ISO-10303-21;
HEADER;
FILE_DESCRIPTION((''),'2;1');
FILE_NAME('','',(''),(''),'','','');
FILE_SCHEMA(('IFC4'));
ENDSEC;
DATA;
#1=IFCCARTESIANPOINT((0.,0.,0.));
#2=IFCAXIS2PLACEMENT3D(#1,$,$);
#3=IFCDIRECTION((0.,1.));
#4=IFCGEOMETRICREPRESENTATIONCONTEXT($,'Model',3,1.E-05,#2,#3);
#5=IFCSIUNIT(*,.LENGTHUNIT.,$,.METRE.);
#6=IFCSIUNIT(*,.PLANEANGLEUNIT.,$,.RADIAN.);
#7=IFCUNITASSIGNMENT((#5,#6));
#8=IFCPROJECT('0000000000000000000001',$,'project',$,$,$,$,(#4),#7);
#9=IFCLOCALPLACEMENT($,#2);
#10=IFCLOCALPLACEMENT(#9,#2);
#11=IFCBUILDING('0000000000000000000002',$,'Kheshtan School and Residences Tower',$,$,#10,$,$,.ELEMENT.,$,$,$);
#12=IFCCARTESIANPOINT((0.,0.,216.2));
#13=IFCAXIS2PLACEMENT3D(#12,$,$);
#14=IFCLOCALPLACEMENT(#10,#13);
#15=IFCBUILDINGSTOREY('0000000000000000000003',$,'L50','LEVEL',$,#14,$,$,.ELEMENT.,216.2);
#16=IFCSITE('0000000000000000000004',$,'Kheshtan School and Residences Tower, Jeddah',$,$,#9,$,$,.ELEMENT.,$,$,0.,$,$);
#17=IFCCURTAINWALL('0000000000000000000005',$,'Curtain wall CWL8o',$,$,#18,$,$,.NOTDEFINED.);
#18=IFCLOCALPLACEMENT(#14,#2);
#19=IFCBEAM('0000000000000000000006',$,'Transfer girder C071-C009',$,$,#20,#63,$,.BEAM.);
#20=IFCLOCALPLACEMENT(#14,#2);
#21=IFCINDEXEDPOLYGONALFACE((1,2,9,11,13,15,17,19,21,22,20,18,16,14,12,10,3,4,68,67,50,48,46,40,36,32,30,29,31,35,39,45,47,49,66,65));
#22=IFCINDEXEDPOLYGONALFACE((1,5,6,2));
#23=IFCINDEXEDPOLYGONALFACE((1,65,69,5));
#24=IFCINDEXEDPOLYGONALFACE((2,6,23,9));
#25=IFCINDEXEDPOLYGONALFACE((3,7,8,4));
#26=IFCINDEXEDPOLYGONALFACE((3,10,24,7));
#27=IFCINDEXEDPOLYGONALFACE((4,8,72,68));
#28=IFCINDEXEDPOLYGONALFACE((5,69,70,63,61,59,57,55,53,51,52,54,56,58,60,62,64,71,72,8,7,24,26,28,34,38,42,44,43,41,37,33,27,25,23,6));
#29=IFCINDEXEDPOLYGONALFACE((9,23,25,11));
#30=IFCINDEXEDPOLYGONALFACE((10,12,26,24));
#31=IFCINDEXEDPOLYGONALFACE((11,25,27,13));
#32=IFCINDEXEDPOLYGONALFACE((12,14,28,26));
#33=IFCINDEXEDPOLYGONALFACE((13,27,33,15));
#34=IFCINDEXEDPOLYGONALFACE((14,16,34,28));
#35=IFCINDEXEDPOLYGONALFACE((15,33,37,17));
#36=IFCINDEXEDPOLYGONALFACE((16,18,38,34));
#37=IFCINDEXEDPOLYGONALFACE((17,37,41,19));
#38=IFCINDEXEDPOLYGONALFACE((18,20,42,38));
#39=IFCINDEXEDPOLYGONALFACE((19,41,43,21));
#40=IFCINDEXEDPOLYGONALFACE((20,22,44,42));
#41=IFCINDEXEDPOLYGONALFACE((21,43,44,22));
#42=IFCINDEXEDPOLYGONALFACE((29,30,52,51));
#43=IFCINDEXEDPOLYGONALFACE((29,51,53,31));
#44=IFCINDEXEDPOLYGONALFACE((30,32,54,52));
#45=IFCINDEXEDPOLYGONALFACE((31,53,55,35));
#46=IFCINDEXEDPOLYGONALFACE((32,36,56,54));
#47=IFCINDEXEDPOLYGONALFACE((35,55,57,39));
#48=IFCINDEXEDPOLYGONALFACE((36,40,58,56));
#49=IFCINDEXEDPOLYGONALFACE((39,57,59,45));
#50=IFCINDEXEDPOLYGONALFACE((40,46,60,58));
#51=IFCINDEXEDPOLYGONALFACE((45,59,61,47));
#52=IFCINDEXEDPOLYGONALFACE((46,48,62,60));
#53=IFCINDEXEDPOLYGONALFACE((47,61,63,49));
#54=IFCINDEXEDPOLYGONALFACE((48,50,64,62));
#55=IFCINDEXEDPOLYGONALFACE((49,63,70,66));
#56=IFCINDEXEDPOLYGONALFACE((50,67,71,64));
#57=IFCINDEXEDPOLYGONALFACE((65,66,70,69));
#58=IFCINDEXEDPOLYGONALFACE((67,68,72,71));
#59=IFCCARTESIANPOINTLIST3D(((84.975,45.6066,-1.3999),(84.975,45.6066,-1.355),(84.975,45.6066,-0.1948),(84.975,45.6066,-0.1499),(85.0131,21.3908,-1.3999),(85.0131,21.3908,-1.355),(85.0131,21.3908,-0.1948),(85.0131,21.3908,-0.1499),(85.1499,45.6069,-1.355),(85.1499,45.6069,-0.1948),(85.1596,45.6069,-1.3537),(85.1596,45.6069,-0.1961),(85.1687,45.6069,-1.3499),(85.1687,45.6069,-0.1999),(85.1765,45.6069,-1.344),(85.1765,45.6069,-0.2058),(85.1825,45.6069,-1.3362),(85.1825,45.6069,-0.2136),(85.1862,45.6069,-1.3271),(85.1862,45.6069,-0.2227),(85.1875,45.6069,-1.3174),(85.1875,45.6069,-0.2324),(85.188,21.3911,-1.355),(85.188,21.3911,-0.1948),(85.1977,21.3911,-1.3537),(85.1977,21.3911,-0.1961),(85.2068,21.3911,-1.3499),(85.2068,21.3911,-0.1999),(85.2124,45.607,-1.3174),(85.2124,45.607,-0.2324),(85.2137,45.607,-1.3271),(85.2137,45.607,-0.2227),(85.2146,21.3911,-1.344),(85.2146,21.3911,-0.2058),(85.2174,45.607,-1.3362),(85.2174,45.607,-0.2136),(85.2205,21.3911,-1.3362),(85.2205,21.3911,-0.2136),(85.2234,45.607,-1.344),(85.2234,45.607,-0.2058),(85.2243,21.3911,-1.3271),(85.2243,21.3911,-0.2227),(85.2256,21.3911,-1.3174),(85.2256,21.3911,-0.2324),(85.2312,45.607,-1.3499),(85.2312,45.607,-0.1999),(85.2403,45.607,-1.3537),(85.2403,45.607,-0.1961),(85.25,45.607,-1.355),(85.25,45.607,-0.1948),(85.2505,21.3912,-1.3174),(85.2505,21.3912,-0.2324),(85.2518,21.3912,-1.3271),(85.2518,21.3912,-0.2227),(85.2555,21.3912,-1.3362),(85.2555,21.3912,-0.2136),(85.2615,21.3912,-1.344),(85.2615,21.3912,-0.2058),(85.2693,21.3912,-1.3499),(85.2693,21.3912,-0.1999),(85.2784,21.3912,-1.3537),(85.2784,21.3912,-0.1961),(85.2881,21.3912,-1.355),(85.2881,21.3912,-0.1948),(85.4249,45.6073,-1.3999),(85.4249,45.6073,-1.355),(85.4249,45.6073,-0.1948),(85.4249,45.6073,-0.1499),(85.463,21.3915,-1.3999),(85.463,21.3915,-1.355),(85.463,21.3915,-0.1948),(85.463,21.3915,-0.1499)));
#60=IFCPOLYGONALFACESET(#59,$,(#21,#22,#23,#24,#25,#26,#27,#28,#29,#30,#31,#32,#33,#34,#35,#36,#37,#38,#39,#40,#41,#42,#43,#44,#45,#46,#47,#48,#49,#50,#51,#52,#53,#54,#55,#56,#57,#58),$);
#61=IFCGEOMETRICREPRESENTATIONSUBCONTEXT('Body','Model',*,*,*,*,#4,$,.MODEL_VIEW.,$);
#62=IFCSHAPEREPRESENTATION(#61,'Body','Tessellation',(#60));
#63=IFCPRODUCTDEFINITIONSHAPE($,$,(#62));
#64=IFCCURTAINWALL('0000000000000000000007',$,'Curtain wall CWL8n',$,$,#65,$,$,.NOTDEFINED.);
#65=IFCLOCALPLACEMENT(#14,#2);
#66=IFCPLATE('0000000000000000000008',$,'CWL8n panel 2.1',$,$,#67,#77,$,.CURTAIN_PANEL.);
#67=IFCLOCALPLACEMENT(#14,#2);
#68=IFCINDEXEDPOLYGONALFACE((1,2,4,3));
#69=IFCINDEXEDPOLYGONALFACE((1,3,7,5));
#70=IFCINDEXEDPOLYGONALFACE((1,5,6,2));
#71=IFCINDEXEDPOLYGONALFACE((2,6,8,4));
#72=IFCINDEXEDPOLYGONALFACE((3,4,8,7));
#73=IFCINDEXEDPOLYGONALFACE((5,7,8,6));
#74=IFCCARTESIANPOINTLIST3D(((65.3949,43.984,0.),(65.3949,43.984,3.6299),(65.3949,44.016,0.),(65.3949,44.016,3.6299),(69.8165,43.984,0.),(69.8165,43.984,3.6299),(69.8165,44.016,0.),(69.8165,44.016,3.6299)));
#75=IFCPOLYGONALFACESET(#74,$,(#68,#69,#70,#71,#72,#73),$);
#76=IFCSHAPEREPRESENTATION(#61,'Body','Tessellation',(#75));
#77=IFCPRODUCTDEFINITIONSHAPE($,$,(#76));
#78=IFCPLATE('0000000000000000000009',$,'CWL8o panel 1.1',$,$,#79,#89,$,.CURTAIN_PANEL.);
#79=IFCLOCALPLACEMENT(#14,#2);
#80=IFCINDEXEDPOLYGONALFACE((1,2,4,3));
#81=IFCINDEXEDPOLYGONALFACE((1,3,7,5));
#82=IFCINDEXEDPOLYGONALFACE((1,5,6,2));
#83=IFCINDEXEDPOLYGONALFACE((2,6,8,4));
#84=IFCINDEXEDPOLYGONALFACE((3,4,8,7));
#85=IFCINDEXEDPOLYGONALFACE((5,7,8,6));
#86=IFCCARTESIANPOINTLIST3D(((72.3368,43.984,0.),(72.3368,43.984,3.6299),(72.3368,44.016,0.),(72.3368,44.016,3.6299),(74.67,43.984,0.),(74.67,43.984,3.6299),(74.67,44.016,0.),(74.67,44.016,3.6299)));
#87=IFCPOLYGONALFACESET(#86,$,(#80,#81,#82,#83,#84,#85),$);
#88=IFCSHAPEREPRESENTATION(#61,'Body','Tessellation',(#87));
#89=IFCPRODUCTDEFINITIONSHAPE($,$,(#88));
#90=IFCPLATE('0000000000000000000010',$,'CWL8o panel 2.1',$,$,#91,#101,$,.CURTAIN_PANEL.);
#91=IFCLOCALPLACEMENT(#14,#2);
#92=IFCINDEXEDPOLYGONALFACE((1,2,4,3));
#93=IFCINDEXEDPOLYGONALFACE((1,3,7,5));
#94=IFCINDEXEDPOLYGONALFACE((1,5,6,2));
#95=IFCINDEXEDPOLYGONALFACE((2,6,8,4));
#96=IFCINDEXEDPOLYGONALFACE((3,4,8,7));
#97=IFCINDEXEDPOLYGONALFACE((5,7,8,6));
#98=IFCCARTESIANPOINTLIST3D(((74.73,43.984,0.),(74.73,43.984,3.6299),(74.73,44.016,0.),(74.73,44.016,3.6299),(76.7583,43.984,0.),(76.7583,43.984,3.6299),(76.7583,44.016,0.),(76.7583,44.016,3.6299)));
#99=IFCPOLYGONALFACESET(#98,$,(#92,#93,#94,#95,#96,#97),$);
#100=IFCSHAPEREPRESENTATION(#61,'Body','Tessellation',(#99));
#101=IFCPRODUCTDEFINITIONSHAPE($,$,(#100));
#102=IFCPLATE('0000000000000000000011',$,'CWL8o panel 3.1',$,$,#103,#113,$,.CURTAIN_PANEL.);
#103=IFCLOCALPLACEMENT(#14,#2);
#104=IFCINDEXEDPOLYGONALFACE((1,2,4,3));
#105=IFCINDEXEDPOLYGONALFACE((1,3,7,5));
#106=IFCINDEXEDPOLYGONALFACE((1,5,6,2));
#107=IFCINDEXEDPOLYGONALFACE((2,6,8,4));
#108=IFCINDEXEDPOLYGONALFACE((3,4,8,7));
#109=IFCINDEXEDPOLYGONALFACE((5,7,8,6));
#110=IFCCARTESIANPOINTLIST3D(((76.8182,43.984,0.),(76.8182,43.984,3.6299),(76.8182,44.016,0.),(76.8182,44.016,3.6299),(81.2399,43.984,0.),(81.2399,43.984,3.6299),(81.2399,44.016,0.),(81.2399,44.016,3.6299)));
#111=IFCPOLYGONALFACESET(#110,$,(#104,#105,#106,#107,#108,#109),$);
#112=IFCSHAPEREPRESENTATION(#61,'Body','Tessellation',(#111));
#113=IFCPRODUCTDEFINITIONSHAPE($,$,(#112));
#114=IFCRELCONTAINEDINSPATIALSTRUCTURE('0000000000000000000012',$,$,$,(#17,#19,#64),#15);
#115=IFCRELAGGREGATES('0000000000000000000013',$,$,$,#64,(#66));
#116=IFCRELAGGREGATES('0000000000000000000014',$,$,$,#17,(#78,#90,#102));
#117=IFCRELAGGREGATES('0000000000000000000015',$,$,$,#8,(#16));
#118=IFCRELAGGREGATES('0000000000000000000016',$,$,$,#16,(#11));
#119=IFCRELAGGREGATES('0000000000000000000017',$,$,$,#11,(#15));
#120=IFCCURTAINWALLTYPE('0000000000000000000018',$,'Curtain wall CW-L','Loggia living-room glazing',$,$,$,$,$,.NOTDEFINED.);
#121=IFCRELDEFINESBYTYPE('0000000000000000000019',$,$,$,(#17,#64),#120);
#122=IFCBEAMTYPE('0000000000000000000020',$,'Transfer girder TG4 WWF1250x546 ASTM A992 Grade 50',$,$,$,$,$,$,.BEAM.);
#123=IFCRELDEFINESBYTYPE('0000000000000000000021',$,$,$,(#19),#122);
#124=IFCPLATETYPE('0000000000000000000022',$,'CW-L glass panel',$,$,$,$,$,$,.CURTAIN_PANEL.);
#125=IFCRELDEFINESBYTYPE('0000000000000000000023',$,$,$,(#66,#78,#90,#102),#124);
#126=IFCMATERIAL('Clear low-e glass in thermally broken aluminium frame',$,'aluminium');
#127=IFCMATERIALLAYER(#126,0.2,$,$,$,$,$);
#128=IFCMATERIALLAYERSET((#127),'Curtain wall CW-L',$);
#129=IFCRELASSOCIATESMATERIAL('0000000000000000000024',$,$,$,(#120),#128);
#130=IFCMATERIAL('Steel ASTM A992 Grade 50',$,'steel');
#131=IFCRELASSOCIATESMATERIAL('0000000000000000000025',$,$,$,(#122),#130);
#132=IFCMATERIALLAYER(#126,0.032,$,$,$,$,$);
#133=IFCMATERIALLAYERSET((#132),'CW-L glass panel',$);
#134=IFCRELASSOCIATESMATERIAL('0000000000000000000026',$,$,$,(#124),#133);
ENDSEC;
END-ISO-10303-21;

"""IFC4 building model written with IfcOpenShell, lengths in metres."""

from ifc_helpers import new_model, si_unit, direction, frame, origin, origin_2d, place, context, subcontext, project, spatial, rectangle, i_section, extrude, material, layer, layer_set, material_profile, profile_set, type_object, element, aggregate, save


model = new_model("IFC4")

# Units and contexts
model_context = context("Model", 3, precision=1e-05, world=origin(), true_north=direction((0.0, 1.0)))
body_context = subcontext(model_context, "Body", "Model", "MODEL_VIEW")
ifc_project = project(units=[si_unit("LENGTHUNIT", "METRE"), si_unit("PLANEANGLEUNIT", "RADIAN")], contexts=[model_context])

# Site, building, storey
site_placement = place(None, origin())
site = spatial("IfcSite", under=ifc_project, at=site_placement, Name="Kheshtan School and Residences Tower, Jeddah", CompositionType="ELEMENT", RefElevation=0.0)
building_placement = place(site_placement, origin())
building = spatial("IfcBuilding", under=site, at=building_placement, Name="Kheshtan School and Residences Tower", CompositionType="ELEMENT")
storey_placement = place(building_placement, frame((0.0, 0.0, 216.2)))
storey = spatial("IfcBuildingStorey", under=building, at=storey_placement, Name="L50", Description="LEVEL", CompositionType="ELEMENT", Elevation=216.2)

# Shared definitions
ifc_material_1 = material(Name="Steel ASTM A992 Grade 50", Category="steel")

# Curtain wall
ifc_material_2 = material(Name="Clear low-e glass in thermally broken aluminium frame", Category="aluminium")
ifc_layer_1 = layer(ifc_material_2, 0.2)
ifc_layer_set_1 = layer_set([ifc_layer_1], Name="Curtain wall CW-L")
curtain_wall_type = type_object("IfcCurtainWallType", Name="Curtain wall CW-L", Description="Loggia living-room glazing", PredefinedType="NOTDEFINED", material=ifc_layer_set_1)
curtain_wall_1_placement = place(storey_placement, origin())
curtain_wall_1 = element("IfcCurtainWall", 1, at=curtain_wall_1_placement, inside=storey, type_object=curtain_wall_type, Name="Curtain wall CWL8o", PredefinedType="NOTDEFINED")

# Beam
ifc_material_profile_1 = material_profile(ifc_material_1, i_section(OverallWidth=0.45, OverallDepth=1.25, WebThickness=0.0249, FlangeThickness=0.0449, FilletRadius=0.0376, at=origin_2d()), Name="WWF1250x546")
ifc_profile_set_1 = profile_set([ifc_material_profile_1], Name="Steel ASTM A992 Grade 50")
beam_type_1 = type_object("IfcBeamType", Name="Transfer girder TG4 WWF1250x546 ASTM A992 Grade 50", PredefinedType="BEAM", material=ifc_profile_set_1)
beam_1_placement = place(storey_placement, frame((85.2, 45.6069, -0.7749), z_axis=(0.001573, -0.999999, 0.0), x_axis=(0.999999, 0.001573, 0.0)))
element("IfcBeam", 2, at=beam_1_placement, inside=storey, type_object=beam_type_1, Name="Transfer girder C071-C009", PredefinedType="BEAM", context=body_context, shape_type="SweptSolid", body=[
    extrude(i_section(OverallWidth=0.45, OverallDepth=1.25, WebThickness=0.0249, FlangeThickness=0.0449, FilletRadius=0.0376, at=origin_2d()), origin(), (0.0, 0.0, 1.0), 24.2158),
])

# Curtain wall, plate
curtain_wall_2_placement = place(storey_placement, origin())
curtain_wall_2 = element("IfcCurtainWall", 3, at=curtain_wall_2_placement, inside=storey, type_object=curtain_wall_type, Name="Curtain wall CWL8n", PredefinedType="NOTDEFINED")
ifc_layer_2 = layer(ifc_material_2, 0.032)
ifc_layer_set_2 = layer_set([ifc_layer_2], Name="CW-L glass panel")
plate_type = type_object("IfcPlateType", Name="CW-L glass panel", PredefinedType="CURTAIN_PANEL", material=ifc_layer_set_2)
plate_1_placement = place(storey_placement, frame((67.6057, 44.0, 0.0), z_axis=(0.0, 0.0, 1.0), x_axis=(1.0, 0.0, 0.0)))
plate_1 = element("IfcPlate", 4, at=plate_1_placement, type_object=plate_type, Name="CWL8n panel 2.1", PredefinedType="CURTAIN_PANEL", context=body_context, shape_type="SweptSolid", body=[
    extrude(rectangle(XDim=4.4216, YDim=0.032, at=origin_2d()), origin(), (0.0, 0.0, 1.0), 3.6299),
])
aggregate(curtain_wall_2, [plate_1])

# Plates
plate_2_placement = place(storey_placement, frame((73.5034, 44.0, 0.0), z_axis=(0.0, 0.0, 1.0), x_axis=(1.0, 0.0, 0.0)))
plate_2 = element("IfcPlate", 5, at=plate_2_placement, type_object=plate_type, Name="CWL8o panel 1.1", PredefinedType="CURTAIN_PANEL", context=body_context, shape_type="SweptSolid", body=[
    extrude(rectangle(XDim=2.3333, YDim=0.032, at=origin_2d()), origin(), (0.0, 0.0, 1.0), 3.6299),
])
plate_3_placement = place(storey_placement, frame((75.7441, 44.0, 0.0), z_axis=(0.0, 0.0, 1.0), x_axis=(1.0, 0.0, 0.0)))
plate_3 = element("IfcPlate", 6, at=plate_3_placement, type_object=plate_type, Name="CWL8o panel 2.1", PredefinedType="CURTAIN_PANEL", context=body_context, shape_type="SweptSolid", body=[
    extrude(rectangle(XDim=2.0283, YDim=0.032, at=origin_2d()), origin(), (0.0, 0.0, 1.0), 3.6299),
])
plate_4_placement = place(storey_placement, frame((79.0291, 44.0, 0.0), z_axis=(0.0, 0.0, 1.0), x_axis=(1.0, 0.0, 0.0)))
plate_4 = element("IfcPlate", 7, at=plate_4_placement, type_object=plate_type, Name="CWL8o panel 3.1", PredefinedType="CURTAIN_PANEL", context=body_context, shape_type="SweptSolid", body=[
    extrude(rectangle(XDim=4.4216, YDim=0.032, at=origin_2d()), origin(), (0.0, 0.0, 1.0), 3.6299),
])
aggregate(curtain_wall_1, [plate_2, plate_3, plate_4])

save(model, "model.ifc")
